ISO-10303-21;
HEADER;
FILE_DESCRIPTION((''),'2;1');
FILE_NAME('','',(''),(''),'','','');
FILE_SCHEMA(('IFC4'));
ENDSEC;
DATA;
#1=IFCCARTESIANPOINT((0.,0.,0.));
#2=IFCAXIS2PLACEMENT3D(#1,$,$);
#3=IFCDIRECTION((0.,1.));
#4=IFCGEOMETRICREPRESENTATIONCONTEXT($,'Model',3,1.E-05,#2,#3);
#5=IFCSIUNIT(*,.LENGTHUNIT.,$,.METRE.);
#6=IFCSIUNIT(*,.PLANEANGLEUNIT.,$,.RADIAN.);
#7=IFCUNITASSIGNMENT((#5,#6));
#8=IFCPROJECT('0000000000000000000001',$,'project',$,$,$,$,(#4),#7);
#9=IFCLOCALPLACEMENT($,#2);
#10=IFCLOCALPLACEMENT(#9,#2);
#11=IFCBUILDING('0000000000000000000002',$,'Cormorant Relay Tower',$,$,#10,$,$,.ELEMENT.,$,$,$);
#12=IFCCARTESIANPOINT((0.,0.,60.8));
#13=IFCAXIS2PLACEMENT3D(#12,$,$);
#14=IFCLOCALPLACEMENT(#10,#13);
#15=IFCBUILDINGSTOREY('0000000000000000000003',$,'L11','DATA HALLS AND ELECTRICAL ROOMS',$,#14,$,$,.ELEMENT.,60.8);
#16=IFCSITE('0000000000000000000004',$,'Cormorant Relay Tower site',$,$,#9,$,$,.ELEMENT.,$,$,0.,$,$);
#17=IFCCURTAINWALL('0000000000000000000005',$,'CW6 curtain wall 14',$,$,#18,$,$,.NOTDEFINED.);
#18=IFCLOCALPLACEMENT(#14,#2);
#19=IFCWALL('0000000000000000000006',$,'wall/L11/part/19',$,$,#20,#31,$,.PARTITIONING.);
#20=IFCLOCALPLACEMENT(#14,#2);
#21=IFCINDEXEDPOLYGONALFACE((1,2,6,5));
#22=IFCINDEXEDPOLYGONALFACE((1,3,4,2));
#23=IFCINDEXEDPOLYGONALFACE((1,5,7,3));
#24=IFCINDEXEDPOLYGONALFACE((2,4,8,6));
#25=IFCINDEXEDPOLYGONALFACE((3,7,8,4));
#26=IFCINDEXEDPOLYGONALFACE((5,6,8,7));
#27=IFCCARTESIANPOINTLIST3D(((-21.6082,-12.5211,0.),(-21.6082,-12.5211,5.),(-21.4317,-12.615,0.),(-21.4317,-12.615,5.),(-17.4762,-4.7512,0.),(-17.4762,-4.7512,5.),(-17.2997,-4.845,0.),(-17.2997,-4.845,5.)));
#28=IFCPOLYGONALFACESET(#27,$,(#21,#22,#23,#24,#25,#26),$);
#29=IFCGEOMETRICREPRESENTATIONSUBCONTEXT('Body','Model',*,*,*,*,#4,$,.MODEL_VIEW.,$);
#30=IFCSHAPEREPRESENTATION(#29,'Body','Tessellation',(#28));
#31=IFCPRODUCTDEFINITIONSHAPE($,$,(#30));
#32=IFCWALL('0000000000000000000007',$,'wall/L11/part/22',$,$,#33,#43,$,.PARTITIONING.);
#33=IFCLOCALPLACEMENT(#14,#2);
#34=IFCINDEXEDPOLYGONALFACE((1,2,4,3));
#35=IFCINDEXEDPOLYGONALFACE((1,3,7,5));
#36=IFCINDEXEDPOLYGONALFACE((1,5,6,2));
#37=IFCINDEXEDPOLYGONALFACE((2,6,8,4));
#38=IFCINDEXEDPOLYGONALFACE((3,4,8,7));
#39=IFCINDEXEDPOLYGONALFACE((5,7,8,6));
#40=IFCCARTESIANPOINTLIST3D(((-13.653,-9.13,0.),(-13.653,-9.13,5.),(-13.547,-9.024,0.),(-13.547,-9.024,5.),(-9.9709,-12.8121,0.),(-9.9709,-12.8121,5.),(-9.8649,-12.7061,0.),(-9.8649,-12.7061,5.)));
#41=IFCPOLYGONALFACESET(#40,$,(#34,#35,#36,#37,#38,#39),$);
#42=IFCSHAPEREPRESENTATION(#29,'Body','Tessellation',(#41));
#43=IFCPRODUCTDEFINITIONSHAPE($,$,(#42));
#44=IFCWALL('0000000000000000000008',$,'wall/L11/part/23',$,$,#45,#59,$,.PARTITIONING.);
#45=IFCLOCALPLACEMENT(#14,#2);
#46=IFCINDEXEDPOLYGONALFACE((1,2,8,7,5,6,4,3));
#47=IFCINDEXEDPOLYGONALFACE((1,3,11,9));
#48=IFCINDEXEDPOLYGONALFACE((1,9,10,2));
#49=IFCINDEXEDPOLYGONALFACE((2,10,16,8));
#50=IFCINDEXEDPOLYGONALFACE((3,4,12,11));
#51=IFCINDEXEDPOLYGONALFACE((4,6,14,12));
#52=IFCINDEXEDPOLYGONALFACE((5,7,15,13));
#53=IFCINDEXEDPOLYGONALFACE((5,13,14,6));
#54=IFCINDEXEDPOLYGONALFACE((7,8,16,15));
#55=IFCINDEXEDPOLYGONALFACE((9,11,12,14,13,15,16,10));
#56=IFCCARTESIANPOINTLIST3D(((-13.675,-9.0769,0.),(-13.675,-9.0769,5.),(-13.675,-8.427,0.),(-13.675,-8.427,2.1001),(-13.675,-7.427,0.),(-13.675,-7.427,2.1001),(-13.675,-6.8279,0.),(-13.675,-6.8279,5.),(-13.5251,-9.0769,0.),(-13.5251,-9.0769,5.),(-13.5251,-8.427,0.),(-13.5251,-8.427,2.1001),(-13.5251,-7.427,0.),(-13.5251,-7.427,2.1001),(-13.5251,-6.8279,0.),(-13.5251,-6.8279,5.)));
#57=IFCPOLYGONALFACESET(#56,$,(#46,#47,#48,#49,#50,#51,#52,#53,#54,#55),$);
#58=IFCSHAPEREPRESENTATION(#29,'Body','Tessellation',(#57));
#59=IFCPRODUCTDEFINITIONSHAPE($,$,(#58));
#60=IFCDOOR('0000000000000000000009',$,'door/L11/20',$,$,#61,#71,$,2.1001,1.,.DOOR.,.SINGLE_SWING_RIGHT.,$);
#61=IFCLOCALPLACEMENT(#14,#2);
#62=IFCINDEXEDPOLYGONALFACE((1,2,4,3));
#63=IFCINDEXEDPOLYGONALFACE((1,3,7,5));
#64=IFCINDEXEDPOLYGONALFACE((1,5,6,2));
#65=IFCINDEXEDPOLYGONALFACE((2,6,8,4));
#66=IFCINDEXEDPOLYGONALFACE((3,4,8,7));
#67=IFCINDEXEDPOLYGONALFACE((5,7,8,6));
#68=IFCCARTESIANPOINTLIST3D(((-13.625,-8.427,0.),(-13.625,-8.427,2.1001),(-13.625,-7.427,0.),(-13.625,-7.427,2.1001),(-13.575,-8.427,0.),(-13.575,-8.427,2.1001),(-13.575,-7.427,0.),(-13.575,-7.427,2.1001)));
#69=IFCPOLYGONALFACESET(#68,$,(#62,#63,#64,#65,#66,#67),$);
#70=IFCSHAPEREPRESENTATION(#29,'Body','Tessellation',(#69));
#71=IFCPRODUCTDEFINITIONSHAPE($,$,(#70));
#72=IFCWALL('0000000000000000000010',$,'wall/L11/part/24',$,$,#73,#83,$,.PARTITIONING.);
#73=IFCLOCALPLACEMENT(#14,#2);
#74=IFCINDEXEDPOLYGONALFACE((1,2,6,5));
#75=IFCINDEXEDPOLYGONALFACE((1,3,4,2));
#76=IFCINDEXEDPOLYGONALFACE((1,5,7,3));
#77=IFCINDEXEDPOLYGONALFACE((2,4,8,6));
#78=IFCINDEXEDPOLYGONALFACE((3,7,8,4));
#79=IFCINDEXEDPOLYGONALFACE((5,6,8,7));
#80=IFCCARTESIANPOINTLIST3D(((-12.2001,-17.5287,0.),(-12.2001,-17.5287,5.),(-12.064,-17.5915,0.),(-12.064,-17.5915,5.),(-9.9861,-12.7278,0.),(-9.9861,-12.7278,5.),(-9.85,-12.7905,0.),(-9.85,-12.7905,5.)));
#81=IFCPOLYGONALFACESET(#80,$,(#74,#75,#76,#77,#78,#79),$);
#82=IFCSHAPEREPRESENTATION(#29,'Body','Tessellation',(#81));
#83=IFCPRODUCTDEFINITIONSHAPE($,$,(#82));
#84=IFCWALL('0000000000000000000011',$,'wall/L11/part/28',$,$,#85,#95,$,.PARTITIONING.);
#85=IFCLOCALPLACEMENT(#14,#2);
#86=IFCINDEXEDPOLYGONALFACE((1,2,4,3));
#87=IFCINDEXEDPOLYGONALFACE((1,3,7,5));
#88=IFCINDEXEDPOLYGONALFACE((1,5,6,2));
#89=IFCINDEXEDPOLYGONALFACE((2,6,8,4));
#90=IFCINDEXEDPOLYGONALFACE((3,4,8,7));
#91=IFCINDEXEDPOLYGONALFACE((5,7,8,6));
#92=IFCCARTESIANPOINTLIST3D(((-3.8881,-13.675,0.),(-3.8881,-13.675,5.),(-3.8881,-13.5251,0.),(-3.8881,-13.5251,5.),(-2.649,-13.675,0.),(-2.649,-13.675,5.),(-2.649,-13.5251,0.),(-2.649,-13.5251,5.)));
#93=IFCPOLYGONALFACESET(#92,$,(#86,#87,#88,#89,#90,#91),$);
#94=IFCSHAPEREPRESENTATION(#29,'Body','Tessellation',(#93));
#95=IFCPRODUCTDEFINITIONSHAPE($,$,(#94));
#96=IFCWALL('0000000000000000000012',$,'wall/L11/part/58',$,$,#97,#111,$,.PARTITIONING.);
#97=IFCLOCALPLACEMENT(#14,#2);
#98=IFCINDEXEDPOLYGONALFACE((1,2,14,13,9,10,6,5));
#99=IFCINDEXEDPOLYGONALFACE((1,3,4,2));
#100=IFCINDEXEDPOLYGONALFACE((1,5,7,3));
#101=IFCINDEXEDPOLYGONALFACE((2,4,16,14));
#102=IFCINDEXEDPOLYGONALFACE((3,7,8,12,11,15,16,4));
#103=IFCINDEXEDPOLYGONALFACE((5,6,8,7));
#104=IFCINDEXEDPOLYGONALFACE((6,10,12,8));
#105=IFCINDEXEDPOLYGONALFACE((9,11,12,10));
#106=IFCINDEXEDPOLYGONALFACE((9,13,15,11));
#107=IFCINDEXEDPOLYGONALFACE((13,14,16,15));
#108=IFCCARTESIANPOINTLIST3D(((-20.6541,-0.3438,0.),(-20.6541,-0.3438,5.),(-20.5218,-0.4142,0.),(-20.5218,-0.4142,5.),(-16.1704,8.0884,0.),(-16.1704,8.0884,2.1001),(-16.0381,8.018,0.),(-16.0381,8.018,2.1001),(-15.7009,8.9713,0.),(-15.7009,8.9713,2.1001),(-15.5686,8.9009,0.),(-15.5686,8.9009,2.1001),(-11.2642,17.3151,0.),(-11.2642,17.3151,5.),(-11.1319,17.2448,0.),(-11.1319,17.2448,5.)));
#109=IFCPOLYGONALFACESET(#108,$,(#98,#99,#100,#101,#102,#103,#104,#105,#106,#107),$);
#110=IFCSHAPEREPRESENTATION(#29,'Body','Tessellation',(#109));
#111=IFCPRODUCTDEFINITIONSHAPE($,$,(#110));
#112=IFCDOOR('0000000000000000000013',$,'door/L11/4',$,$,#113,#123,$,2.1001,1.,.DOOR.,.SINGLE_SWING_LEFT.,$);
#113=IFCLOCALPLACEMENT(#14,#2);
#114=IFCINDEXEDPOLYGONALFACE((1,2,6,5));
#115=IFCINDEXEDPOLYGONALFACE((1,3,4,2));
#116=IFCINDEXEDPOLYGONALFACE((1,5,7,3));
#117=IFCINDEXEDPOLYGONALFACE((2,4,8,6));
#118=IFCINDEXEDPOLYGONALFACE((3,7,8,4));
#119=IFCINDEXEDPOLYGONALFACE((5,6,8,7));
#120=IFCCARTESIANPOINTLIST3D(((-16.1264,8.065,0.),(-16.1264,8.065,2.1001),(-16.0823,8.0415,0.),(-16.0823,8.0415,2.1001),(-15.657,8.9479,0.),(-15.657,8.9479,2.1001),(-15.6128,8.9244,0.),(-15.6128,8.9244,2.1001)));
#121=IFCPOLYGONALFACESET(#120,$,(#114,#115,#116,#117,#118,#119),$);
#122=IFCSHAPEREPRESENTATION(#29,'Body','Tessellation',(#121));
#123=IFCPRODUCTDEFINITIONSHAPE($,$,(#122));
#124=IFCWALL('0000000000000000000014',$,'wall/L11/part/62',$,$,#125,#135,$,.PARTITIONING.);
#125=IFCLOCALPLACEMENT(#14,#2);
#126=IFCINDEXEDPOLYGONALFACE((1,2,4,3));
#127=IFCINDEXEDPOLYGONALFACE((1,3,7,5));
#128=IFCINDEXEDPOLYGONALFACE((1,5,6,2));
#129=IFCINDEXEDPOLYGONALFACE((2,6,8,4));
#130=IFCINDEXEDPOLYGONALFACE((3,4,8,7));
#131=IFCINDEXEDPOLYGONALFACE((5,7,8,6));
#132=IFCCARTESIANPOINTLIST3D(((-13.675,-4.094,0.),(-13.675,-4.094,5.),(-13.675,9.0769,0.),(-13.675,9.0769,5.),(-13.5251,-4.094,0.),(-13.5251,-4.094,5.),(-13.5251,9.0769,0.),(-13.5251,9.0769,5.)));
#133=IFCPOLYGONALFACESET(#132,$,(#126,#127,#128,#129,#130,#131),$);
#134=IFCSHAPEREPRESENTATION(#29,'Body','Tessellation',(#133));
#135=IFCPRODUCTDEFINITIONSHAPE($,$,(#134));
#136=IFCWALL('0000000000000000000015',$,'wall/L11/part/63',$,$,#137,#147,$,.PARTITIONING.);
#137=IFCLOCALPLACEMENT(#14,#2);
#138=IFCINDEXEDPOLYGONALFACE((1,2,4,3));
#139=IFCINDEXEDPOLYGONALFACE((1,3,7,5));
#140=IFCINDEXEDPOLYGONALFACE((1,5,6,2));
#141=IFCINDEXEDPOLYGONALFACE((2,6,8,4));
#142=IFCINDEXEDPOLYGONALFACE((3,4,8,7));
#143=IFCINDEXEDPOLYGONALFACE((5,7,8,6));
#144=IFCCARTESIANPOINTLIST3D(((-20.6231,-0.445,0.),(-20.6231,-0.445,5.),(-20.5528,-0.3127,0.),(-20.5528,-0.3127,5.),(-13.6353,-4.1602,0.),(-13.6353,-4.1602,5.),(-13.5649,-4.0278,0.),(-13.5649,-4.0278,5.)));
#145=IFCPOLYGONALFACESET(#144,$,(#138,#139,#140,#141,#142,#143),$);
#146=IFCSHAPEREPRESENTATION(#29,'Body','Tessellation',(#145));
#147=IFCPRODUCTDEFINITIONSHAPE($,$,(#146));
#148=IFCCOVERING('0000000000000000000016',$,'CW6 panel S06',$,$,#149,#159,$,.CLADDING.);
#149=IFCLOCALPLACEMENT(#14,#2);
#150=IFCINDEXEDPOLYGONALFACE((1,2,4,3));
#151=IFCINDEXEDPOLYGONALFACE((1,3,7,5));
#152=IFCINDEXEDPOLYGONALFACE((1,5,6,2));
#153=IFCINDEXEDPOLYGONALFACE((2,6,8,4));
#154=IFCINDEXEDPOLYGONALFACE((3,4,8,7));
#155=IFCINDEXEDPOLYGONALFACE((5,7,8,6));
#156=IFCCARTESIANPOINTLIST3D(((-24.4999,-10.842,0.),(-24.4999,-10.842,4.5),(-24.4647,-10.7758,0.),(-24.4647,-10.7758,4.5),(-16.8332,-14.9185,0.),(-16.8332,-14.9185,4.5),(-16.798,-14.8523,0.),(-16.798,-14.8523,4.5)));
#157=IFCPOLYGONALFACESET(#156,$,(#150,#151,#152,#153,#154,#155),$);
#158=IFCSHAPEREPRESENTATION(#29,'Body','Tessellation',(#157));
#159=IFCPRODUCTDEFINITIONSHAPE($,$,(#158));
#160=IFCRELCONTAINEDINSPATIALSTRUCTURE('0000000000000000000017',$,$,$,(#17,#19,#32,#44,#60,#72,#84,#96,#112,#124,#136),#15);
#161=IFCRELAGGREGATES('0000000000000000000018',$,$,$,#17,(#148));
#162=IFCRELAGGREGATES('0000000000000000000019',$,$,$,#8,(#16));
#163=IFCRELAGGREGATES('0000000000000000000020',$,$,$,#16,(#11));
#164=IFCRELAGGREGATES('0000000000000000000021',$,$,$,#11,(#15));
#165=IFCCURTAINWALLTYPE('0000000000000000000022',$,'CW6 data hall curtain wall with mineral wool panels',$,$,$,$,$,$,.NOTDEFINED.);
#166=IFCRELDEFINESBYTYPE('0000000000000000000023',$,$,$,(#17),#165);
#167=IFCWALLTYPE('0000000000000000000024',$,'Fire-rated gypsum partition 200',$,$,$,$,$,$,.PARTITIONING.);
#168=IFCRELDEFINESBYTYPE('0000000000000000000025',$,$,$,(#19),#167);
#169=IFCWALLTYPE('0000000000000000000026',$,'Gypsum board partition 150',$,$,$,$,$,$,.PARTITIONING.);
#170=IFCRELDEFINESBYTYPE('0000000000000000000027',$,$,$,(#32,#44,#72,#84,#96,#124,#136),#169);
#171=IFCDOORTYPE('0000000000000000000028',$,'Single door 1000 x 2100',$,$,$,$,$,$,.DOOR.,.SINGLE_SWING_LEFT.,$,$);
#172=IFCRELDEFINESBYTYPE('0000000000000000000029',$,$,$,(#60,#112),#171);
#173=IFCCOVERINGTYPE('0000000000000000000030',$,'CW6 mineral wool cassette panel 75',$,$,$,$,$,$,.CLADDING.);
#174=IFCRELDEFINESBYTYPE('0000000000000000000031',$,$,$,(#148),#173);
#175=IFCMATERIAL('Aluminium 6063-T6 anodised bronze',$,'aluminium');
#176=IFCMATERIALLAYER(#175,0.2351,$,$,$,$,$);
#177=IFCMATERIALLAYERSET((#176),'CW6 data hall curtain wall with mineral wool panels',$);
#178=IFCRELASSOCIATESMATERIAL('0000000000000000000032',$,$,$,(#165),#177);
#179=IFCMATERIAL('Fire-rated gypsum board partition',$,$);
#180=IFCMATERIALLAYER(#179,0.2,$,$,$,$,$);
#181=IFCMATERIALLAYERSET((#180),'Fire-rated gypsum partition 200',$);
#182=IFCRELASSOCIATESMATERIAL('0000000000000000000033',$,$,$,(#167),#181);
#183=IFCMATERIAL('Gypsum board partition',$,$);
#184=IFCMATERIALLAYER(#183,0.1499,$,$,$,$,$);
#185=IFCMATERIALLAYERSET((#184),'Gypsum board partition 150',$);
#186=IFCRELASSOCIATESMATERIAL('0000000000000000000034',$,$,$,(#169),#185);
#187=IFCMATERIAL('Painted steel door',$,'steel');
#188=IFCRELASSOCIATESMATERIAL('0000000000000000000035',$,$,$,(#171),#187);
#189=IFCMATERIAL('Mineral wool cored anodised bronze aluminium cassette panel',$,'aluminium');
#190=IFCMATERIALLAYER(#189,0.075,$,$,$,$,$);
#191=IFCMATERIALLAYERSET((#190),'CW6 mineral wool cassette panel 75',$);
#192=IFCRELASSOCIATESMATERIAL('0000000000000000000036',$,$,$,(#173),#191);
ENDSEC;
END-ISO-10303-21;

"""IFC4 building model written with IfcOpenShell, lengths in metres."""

from ifc_helpers import new_model, si_unit, direction, frame, frame_2d, origin, origin_2d, place, context, subcontext, project, spatial, rectangle, extrude, material, layer, layer_set, type_object, element, fill, aggregate, save


model = new_model("IFC4")

# Units and contexts
model_context = context("Model", 3, precision=1e-05, world=origin(), true_north=direction((0.0, 1.0)))
body_context = subcontext(model_context, "Body", "Model", "MODEL_VIEW")
ifc_project = project(units=[si_unit("LENGTHUNIT", "METRE"), si_unit("PLANEANGLEUNIT", "RADIAN")], contexts=[model_context])

# Site, building, storey
site_placement = place(None, origin())
site = spatial("IfcSite", under=ifc_project, at=site_placement, Name="Cormorant Relay Tower site", CompositionType="ELEMENT", RefElevation=0.0)
building_placement = place(site_placement, origin())
building = spatial("IfcBuilding", under=site, at=building_placement, Name="Cormorant Relay Tower", CompositionType="ELEMENT")
storey_placement = place(building_placement, frame((0.0, 0.0, 60.8)))
storey = spatial("IfcBuildingStorey", under=building, at=storey_placement, Name="L11", Description="DATA HALLS AND ELECTRICAL ROOMS", CompositionType="ELEMENT", Elevation=60.8)

# Curtain wall
ifc_material_1 = material(Name="Aluminium 6063-T6 anodised bronze", Category="aluminium")
ifc_layer_1 = layer(ifc_material_1, 0.2351)
ifc_layer_set_1 = layer_set([ifc_layer_1], Name="CW6 data hall curtain wall with mineral wool panels")
curtain_wall_type = type_object("IfcCurtainWallType", Name="CW6 data hall curtain wall with mineral wool panels", PredefinedType="NOTDEFINED", material=ifc_layer_set_1)
curtain_wall_placement = place(storey_placement, origin())
curtain_wall = element("IfcCurtainWall", 1, at=curtain_wall_placement, inside=storey, type_object=curtain_wall_type, Name="CW6 curtain wall 14", PredefinedType="NOTDEFINED")

# Shared definitions
ifc_material_2 = material(Name="Fire-rated gypsum board partition")
ifc_layer_2 = layer(ifc_material_2, 0.2)
ifc_layer_set_2 = layer_set([ifc_layer_2], Name="Fire-rated gypsum partition 200")
wall_type_1 = type_object("IfcWallType", Name="Fire-rated gypsum partition 200", PredefinedType="PARTITIONING", material=ifc_layer_set_2)

# Walls
wall_1_placement = place(storey_placement, frame((-17.3879, -4.7981, 0.0), z_axis=(0.0, 0.0, 1.0), x_axis=(-0.469532, -0.882915, 0.0)))
element("IfcWall", 2, at=wall_1_placement, inside=storey, type_object=wall_type_1, Name="wall/L11/part/19", PredefinedType="PARTITIONING", context=body_context, shape_type="SweptSolid", body=[
    extrude(rectangle(XDim=8.8003, YDim=0.2, at=frame_2d((4.4001, 0.0))), origin(), (0.0, 0.0, 1.0), 5.0),
])
ifc_material_3 = material(Name="Gypsum board partition")
ifc_layer_3 = layer(ifc_material_3, 0.1499)
ifc_layer_set_3 = layer_set([ifc_layer_3], Name="Gypsum board partition 150")
wall_type_2 = type_object("IfcWallType", Name="Gypsum board partition 150", PredefinedType="PARTITIONING", material=ifc_layer_set_3)
wall_2_placement = place(storey_placement, frame((-9.918, -12.759, 0.0), z_axis=(0.0, 0.0, 1.0), x_axis=(-0.707107, 0.707107, 0.0)))
element("IfcWall", 3, at=wall_2_placement, inside=storey, type_object=wall_type_2, Name="wall/L11/part/22", PredefinedType="PARTITIONING", context=body_context, shape_type="SweptSolid", body=[
    extrude(rectangle(XDim=5.2073, YDim=0.1499, at=frame_2d((2.6035, 0.0))), origin(), (0.0, 0.0, 1.0), 5.0),
])

# Wall, opening, door
wall_3_placement = place(storey_placement, frame((-13.6001, -9.0769, 0.0), z_axis=(0.0, 0.0, 1.0), x_axis=(0.0, 1.0, 0.0)))
wall_3 = element("IfcWall", 4, at=wall_3_placement, inside=storey, type_object=wall_type_2, Name="wall/L11/part/23", PredefinedType="PARTITIONING", context=body_context, shape_type="SweptSolid", body=[
    extrude(rectangle(XDim=2.249, YDim=0.1499, at=frame_2d((1.1245, 0.0))), origin(), (0.0, 0.0, 1.0), 5.0),
])
opening_1_placement = place(wall_3_placement, frame((0.6499, 0.0, 0.0)))
opening_1 = element("IfcOpeningElement", 5, at=opening_1_placement, cuts=wall_3, PredefinedType="OPENING", context=body_context, shape_type="SweptSolid", body=[
    extrude(rectangle(XDim=1.0, YDim=2.1001, at=frame_2d((0.5, 1.05))), frame((0.0, 0.085, 0.0), z_axis=(0.0, -1.0, 0.0), x_axis=(1.0, 0.0, 0.0)), (0.0, 0.0, 1.0), 0.1699),
])
ifc_material_4 = material(Name="Painted steel door", Category="steel")
door_type_1 = type_object("IfcDoorType", Name="Single door 1000 x 2100", OperationType="SINGLE_SWING_LEFT", PredefinedType="DOOR", material=ifc_material_4)
door_1_placement = place(opening_1_placement, origin())
door_1 = element("IfcDoor", 6, at=door_1_placement, inside=storey, type_object=door_type_1, Name="door/L11/20", OperationType="SINGLE_SWING_RIGHT", OverallHeight=2.1001, OverallWidth=1.0, PredefinedType="DOOR", context=body_context, shape_type="SweptSolid", body=[
    extrude(rectangle(XDim=1.0, YDim=2.1001, at=frame_2d((0.5, 1.05))), frame((0.0, 0.0249, 0.0), z_axis=(0.0, -1.0, 0.0), x_axis=(1.0, 0.0, 0.0)), (0.0, 0.0, 1.0), 0.05),
])
fill(opening_1, door_1)

# Walls
wall_4_placement = place(storey_placement, frame((-9.918, -12.759, 0.0), z_axis=(0.0, 0.0, 1.0), x_axis=(-0.418786, -0.908085, 0.0)))
element("IfcWall", 7, at=wall_4_placement, inside=storey, type_object=wall_type_2, Name="wall/L11/part/24", PredefinedType="PARTITIONING", context=body_context, shape_type="SweptSolid", body=[
    extrude(rectangle(XDim=5.2869, YDim=0.1499, at=frame_2d((2.6436, 0.0))), origin(), (0.0, 0.0, 1.0), 5.0),
])
wall_5_placement = place(storey_placement, frame((-2.6489, -13.6001, 0.0), z_axis=(0.0, 0.0, 1.0), x_axis=(-1.0, 0.0, 0.0)))
element("IfcWall", 8, at=wall_5_placement, inside=storey, type_object=wall_type_2, Name="wall/L11/part/28", PredefinedType="PARTITIONING", context=body_context, shape_type="SweptSolid", body=[
    extrude(rectangle(XDim=1.239, YDim=0.1499, at=frame_2d((0.6196, 0.0))), origin(), (0.0, 0.0, 1.0), 5.0),
])

# Wall, opening, door
wall_6_placement = place(storey_placement, frame((-20.5879, -0.3789, 0.0), z_axis=(0.0, 0.0, 1.0), x_axis=(0.46949, 0.882938, 0.0)))
wall_6 = element("IfcWall", 9, at=wall_6_placement, inside=storey, type_object=wall_type_2, Name="wall/L11/part/58", PredefinedType="PARTITIONING", context=body_context, shape_type="SweptSolid", body=[
    extrude(rectangle(XDim=20.0002, YDim=0.1499, at=frame_2d((10.0, 0.0))), origin(), (0.0, 0.0, 1.0), 5.0),
])
opening_2_placement = place(wall_6_placement, frame((9.55, 0.0, 0.0)))
opening_2 = element("IfcOpeningElement", 10, at=opening_2_placement, cuts=wall_6, PredefinedType="OPENING", context=body_context, shape_type="SweptSolid", body=[
    extrude(rectangle(XDim=1.0, YDim=2.1001, at=frame_2d((0.5, 1.05))), frame((0.0, 0.085, 0.0), z_axis=(0.0, -1.0, 0.0), x_axis=(1.0, 0.0, 0.0)), (0.0, 0.0, 1.0), 0.1699),
])
door_2_placement = place(opening_2_placement, frame((1.0, 0.0, 0.0), z_axis=(0.0, 0.0, 1.0), x_axis=(-1.0, 0.0, 0.0)))
door_2 = element("IfcDoor", 11, at=door_2_placement, inside=storey, type_object=door_type_1, Name="door/L11/4", OperationType="SINGLE_SWING_LEFT", OverallHeight=2.1001, OverallWidth=1.0, PredefinedType="DOOR", context=body_context, shape_type="SweptSolid", body=[
    extrude(rectangle(XDim=1.0, YDim=2.1001, at=frame_2d((0.5, 1.05))), frame((0.0, 0.0249, 0.0), z_axis=(0.0, -1.0, 0.0), x_axis=(1.0, 0.0, 0.0)), (0.0, 0.0, 1.0), 0.05),
])
fill(opening_2, door_2)

# Walls
wall_7_placement = place(storey_placement, frame((-13.6001, 9.0769, 0.0), z_axis=(0.0, 0.0, 1.0), x_axis=(0.0, -1.0, 0.0)))
element("IfcWall", 12, at=wall_7_placement, inside=storey, type_object=wall_type_2, Name="wall/L11/part/62", PredefinedType="PARTITIONING", context=body_context, shape_type="SweptSolid", body=[
    extrude(rectangle(XDim=13.1709, YDim=0.1499, at=frame_2d((6.5854, 0.0))), origin(), (0.0, 0.0, 1.0), 5.0),
])
wall_8_placement = place(storey_placement, frame((-13.6001, -4.094, 0.0), z_axis=(0.0, 0.0, 1.0), x_axis=(-0.882968, 0.469433, 0.0)))
element("IfcWall", 13, at=wall_8_placement, inside=storey, type_object=wall_type_2, Name="wall/L11/part/63", PredefinedType="PARTITIONING", context=body_context, shape_type="SweptSolid", body=[
    extrude(rectangle(XDim=7.9141, YDim=0.1499, at=frame_2d((3.957, 0.0))), origin(), (0.0, 0.0, 1.0), 5.0),
])

# Covering
ifc_material_5 = material(Name="Mineral wool cored anodised bronze aluminium cassette panel", Category="aluminium")
ifc_layer_4 = layer(ifc_material_5, 0.075)
ifc_layer_set_4 = layer_set([ifc_layer_4], Name="CW6 mineral wool cassette panel 75")
covering_type = type_object("IfcCoveringType", Name="CW6 mineral wool cassette panel 75", PredefinedType="CLADDING", material=ifc_layer_set_4)
covering_placement = place(storey_placement, frame((-20.6489, -12.8472, 0.0), z_axis=(0.0, 0.0, 1.0), x_axis=(0.882948, -0.469472, 0.0)))
covering = element("IfcCovering", 14, at=covering_placement, type_object=covering_type, Name="CW6 panel S06", PredefinedType="CLADDING", context=body_context, shape_type="SweptSolid", body=[
    extrude(rectangle(XDim=8.6831, YDim=0.075, at=origin_2d()), origin(), (0.0, 0.0, 1.0), 4.5),
])
aggregate(curtain_wall, [covering])

save(model, "model.ifc")
